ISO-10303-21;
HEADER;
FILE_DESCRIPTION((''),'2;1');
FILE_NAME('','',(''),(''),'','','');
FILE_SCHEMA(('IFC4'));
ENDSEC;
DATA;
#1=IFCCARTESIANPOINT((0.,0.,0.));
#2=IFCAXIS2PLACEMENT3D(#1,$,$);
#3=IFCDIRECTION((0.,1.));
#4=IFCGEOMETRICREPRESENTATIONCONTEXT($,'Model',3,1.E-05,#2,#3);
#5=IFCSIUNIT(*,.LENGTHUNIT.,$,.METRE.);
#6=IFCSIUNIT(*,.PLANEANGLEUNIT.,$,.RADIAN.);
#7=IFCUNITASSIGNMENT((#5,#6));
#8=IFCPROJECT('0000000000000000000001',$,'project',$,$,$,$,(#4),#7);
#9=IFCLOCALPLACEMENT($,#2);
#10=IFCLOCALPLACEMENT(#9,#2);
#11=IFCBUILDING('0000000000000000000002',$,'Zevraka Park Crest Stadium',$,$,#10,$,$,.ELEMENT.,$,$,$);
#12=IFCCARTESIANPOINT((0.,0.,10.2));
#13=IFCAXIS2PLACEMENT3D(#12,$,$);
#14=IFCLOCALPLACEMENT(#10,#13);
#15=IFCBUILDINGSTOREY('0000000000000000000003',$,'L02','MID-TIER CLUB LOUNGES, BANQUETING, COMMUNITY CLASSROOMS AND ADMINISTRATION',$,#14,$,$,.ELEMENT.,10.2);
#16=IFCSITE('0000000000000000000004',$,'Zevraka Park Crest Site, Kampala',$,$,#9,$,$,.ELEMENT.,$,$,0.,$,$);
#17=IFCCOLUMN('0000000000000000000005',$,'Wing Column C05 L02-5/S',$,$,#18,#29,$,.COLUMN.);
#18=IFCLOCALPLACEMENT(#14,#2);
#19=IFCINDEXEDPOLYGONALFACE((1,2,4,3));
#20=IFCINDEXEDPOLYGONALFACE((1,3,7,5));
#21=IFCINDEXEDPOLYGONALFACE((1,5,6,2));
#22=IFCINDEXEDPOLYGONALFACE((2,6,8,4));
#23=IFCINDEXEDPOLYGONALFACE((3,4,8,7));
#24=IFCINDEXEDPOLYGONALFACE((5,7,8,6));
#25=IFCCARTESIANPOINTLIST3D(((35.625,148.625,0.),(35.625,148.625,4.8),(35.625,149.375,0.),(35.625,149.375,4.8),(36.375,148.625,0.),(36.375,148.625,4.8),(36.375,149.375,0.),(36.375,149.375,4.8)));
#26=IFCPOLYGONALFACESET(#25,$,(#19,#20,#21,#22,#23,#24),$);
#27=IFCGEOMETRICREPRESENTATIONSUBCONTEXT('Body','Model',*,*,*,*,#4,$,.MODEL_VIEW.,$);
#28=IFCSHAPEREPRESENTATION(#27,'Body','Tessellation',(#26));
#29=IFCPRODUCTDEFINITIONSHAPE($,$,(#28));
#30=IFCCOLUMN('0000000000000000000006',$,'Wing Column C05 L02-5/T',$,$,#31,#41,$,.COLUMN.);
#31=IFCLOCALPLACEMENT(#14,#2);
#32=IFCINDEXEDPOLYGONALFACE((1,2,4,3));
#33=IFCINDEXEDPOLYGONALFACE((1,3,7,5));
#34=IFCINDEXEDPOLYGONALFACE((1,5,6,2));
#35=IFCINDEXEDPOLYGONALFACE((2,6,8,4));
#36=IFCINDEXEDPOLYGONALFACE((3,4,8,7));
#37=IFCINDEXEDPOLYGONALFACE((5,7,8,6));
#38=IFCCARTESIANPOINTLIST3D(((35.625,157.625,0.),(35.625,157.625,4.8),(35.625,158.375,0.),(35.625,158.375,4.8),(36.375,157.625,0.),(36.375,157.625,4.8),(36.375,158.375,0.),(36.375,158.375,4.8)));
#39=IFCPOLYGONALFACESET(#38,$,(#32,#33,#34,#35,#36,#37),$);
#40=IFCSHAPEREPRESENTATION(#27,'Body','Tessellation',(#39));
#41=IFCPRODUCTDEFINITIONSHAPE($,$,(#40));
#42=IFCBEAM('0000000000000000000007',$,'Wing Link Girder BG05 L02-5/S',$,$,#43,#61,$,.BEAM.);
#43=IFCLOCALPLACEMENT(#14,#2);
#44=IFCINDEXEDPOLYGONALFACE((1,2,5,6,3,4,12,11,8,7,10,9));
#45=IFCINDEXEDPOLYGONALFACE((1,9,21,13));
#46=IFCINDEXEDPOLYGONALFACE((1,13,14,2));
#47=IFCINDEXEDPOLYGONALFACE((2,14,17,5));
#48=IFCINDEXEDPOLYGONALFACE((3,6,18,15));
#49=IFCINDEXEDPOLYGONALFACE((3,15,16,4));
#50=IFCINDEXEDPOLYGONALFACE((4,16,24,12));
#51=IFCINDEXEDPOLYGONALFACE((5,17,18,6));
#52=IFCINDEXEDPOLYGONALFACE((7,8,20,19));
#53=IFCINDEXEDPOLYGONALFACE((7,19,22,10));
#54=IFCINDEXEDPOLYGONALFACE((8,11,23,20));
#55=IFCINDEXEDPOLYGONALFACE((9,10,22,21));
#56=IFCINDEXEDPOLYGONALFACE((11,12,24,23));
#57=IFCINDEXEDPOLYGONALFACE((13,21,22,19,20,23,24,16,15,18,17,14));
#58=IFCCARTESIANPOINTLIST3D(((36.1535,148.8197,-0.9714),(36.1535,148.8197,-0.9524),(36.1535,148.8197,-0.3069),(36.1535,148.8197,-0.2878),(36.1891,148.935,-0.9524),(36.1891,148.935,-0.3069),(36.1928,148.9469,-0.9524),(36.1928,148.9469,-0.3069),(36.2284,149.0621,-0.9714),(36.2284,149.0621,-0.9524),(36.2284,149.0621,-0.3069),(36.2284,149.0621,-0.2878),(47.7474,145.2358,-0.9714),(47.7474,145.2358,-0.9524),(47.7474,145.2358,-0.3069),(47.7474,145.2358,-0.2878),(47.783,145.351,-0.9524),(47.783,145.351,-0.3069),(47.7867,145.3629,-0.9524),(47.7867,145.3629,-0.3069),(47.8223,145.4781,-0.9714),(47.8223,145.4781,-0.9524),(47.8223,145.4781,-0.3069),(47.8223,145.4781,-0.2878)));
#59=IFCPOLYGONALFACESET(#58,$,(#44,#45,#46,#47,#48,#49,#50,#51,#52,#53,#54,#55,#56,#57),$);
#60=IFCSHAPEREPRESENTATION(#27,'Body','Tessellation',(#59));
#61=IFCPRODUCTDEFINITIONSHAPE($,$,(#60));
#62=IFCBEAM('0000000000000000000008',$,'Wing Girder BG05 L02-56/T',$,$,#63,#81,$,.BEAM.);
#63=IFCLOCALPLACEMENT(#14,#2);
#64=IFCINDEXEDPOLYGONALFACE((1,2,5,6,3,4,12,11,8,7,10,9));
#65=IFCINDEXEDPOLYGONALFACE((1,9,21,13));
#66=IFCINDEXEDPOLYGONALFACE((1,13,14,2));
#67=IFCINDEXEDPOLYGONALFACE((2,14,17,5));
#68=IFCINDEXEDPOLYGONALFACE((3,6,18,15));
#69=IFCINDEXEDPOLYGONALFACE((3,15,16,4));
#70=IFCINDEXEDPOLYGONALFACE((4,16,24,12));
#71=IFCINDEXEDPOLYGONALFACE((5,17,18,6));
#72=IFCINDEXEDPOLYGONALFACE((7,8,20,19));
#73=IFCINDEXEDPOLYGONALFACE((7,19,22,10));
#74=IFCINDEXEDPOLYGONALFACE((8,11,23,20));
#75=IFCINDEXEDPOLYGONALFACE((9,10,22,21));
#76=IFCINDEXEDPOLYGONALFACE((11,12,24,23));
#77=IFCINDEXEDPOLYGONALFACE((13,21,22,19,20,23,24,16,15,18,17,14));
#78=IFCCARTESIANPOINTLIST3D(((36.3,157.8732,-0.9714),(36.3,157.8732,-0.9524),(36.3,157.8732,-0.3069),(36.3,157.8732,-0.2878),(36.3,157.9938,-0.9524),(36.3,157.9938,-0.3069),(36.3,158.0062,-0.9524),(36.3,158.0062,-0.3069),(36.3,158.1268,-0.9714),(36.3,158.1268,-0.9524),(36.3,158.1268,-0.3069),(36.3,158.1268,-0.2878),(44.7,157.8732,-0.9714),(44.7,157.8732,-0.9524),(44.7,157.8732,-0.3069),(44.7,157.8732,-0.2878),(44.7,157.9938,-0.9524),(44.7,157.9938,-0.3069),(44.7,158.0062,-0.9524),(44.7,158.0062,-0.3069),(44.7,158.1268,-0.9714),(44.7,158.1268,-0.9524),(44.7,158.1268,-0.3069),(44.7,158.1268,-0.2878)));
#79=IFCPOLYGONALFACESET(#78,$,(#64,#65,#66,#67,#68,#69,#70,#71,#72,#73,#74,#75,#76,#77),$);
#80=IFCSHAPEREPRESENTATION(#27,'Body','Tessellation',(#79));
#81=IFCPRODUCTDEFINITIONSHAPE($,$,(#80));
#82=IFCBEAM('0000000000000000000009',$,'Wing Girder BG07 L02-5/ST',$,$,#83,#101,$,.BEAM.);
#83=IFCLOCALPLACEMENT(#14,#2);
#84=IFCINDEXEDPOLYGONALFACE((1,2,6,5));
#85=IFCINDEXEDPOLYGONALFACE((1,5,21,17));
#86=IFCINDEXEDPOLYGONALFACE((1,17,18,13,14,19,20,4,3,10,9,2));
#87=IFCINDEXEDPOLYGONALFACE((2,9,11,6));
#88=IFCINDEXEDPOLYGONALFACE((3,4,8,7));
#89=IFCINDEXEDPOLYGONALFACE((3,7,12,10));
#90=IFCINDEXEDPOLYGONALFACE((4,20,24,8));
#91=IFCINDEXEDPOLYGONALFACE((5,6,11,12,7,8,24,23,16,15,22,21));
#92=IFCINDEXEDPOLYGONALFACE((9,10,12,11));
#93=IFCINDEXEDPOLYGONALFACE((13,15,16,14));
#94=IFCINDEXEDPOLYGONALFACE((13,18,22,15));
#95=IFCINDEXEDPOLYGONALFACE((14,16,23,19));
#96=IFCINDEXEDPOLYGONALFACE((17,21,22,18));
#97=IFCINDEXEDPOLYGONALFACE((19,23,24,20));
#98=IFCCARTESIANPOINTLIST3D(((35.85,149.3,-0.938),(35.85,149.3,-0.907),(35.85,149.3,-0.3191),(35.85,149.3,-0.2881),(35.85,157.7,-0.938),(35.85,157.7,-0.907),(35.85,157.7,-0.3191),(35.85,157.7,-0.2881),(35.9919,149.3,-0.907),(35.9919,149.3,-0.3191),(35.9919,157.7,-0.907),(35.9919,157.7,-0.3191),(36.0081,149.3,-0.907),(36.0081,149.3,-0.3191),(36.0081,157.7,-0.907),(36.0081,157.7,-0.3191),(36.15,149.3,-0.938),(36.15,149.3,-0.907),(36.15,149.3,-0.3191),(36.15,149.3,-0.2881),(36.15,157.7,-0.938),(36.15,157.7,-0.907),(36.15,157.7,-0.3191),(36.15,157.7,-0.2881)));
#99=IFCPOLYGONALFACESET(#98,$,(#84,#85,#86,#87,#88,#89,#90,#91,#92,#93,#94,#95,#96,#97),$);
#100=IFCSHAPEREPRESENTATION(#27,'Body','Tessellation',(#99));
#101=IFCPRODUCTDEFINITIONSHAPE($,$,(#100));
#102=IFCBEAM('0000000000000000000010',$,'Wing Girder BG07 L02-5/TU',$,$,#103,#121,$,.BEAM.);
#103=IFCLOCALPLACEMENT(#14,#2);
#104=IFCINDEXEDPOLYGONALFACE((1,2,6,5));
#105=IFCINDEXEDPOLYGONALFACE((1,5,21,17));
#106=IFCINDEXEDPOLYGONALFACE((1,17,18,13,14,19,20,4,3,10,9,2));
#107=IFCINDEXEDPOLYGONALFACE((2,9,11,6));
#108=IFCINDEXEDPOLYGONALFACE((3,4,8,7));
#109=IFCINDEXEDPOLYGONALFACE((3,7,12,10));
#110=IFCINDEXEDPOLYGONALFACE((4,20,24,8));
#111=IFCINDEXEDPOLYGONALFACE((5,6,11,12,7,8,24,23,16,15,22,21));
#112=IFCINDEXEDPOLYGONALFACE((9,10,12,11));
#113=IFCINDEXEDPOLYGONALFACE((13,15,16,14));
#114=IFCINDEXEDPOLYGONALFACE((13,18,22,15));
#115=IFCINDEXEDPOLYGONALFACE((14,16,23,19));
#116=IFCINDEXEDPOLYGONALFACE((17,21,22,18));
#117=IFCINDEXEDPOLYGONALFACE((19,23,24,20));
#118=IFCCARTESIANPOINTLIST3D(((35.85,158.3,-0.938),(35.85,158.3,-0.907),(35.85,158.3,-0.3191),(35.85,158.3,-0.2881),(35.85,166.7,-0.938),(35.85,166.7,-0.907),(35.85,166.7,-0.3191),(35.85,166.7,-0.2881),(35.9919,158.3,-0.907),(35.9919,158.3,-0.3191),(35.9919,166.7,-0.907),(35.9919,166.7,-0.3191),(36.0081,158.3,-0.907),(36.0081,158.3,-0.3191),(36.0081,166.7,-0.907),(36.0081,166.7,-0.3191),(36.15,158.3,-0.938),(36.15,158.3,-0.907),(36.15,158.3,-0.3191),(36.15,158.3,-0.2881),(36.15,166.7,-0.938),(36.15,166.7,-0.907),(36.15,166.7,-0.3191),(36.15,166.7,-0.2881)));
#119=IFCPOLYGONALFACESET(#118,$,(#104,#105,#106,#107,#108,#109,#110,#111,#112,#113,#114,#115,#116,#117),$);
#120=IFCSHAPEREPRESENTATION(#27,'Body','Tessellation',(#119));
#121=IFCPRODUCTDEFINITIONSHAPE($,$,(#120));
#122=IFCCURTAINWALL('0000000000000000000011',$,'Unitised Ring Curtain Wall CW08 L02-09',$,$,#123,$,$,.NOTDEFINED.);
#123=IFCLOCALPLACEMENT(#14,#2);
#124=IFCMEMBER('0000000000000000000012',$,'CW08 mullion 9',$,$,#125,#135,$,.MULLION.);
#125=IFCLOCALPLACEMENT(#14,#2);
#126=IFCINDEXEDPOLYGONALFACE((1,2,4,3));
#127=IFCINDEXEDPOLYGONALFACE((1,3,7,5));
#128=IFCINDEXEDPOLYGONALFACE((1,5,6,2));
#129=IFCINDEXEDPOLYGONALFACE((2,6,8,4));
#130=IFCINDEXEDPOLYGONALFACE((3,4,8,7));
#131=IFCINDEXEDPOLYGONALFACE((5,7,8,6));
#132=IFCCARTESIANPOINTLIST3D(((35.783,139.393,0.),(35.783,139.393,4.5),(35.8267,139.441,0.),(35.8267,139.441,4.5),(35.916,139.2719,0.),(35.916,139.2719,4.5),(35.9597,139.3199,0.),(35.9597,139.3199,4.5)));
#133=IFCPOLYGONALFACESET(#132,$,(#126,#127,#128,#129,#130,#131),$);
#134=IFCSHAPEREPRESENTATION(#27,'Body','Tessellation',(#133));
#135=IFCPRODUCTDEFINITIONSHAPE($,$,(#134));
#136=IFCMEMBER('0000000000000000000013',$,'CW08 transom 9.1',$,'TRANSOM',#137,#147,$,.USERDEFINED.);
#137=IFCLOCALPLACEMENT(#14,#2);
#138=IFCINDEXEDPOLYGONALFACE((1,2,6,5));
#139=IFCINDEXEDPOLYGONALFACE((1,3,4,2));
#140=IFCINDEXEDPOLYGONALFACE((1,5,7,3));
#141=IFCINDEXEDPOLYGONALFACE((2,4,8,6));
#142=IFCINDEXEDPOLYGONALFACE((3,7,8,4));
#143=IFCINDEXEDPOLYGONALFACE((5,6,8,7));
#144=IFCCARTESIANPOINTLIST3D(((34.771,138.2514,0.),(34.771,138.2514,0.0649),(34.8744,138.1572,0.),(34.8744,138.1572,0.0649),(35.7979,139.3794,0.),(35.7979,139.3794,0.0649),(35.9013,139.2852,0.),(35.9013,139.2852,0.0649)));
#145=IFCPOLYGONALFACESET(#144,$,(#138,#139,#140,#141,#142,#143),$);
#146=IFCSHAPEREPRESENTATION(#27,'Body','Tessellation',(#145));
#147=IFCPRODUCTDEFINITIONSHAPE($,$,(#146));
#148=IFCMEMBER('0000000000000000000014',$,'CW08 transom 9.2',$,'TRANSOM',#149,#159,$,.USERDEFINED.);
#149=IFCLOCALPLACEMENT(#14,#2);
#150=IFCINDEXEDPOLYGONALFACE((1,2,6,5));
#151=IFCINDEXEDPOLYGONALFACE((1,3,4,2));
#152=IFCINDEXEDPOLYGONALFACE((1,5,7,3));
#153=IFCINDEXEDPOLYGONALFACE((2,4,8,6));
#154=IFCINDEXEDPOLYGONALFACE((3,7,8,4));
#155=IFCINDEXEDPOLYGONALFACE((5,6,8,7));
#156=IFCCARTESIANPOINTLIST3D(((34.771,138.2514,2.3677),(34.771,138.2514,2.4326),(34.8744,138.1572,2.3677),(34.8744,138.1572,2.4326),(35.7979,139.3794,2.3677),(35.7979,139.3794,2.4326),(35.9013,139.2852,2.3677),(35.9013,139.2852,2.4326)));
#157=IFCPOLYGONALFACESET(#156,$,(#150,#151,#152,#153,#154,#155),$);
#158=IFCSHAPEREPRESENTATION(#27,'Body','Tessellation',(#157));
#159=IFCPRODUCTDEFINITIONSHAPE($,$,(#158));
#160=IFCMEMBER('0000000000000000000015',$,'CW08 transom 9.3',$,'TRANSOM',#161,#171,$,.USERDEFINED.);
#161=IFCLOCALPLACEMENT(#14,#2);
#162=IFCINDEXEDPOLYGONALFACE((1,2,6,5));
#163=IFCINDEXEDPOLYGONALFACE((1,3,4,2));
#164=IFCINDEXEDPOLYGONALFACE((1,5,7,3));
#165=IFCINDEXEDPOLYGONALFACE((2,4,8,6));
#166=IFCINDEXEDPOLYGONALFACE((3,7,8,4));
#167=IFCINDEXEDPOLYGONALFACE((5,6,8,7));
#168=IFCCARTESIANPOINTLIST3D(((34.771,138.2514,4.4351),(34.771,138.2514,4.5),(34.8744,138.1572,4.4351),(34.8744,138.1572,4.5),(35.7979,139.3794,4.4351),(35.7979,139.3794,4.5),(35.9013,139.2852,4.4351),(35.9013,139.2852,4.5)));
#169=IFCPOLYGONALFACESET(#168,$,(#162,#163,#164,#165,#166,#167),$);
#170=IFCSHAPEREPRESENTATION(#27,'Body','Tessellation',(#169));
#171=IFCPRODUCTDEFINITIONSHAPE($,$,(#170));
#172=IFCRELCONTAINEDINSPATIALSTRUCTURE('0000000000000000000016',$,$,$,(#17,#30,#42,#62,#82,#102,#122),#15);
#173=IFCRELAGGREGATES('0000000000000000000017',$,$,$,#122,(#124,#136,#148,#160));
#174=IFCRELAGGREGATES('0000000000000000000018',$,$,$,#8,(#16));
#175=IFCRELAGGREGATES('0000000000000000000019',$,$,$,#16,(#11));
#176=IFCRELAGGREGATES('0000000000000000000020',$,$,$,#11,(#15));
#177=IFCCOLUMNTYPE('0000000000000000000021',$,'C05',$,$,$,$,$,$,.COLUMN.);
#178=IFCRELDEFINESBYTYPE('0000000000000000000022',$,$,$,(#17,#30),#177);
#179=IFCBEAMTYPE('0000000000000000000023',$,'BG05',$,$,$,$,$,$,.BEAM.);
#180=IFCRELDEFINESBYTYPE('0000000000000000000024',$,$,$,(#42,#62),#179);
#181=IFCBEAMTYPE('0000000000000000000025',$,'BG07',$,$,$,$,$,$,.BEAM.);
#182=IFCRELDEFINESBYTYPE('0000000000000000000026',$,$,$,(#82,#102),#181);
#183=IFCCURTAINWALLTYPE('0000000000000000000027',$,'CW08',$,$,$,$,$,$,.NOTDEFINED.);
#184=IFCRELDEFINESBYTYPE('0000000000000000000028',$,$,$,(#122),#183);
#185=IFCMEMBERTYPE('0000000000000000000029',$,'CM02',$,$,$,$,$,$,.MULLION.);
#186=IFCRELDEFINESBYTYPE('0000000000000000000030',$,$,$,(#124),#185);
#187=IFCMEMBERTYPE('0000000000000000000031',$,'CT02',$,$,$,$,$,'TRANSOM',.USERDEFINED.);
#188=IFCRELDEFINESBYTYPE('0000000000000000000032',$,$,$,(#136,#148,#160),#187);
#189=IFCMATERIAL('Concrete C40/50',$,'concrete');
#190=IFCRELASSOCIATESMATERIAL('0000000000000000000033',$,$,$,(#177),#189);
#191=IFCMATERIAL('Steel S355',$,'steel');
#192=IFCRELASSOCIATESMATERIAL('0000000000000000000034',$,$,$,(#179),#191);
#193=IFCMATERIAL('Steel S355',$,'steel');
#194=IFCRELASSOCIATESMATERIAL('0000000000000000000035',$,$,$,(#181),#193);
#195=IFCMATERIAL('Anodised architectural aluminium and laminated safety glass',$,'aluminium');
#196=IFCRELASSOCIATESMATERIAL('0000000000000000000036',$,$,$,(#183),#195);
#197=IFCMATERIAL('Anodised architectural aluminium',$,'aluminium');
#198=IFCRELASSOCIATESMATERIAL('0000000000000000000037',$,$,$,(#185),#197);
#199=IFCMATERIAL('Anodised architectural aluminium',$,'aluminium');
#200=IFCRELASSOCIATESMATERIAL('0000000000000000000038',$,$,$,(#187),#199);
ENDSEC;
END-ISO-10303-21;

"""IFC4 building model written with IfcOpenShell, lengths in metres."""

from ifc_helpers import new_model, si_unit, direction, frame, origin, origin_2d, place, context, subcontext, project, spatial, rectangle, i_section, extrude, material, material_profile, profile_set, type_object, element, aggregate, save


model = new_model("IFC4")

# Units and contexts
model_context = context("Model", 3, precision=1e-05, world=origin(), true_north=direction((0.0, 1.0)))
body_context = subcontext(model_context, "Body", "Model", "MODEL_VIEW")
ifc_project = project(units=[si_unit("LENGTHUNIT", "METRE"), si_unit("PLANEANGLEUNIT", "RADIAN")], contexts=[model_context])

# Site, building, storey
site_placement = place(None, origin())
site = spatial("IfcSite", under=ifc_project, at=site_placement, Name="Zevraka Park Crest Site, Kampala", CompositionType="ELEMENT", RefElevation=0.0)
building_placement = place(site_placement, origin())
building = spatial("IfcBuilding", under=site, at=building_placement, Name="Zevraka Park Crest Stadium", CompositionType="ELEMENT")
storey_placement = place(building_placement, frame((0.0, 0.0, 10.2)))
storey = spatial("IfcBuildingStorey", under=building, at=storey_placement, Name="L02", Description="MID-TIER CLUB LOUNGES, BANQUETING, COMMUNITY CLASSROOMS AND ADMINISTRATION", CompositionType="ELEMENT", Elevation=10.2)

# Columns
ifc_material_1 = material(Name="Concrete C40/50", Category="concrete")
ifc_material_profile_1 = material_profile(ifc_material_1, rectangle(XDim=0.75, YDim=0.75, at=origin_2d()), Name="RC 750x750")
ifc_profile_set_1 = profile_set([ifc_material_profile_1], Name="Concrete C40/50")
column_type = type_object("IfcColumnType", Name="C05", PredefinedType="COLUMN", material=ifc_profile_set_1)
for number, where, z_axis, x_axis, name in (
    (1, (36.0, 149.0, 0.0), (0.0, 0.0, 1.0), (1.0, 0.0, 0.0), "Wing Column C05 L02-5/S"),
    (2, (36.0, 158.0, 0.0), (0.0, 0.0, 1.0), (1.0, 0.0, 0.0), "Wing Column C05 L02-5/T"),
):
    element("IfcColumn", number, at=place(storey_placement, frame(where, z_axis=z_axis, x_axis=x_axis)), inside=storey, type_object=column_type, Name=name, PredefinedType="COLUMN", context=body_context, shape_type="SweptSolid", body=[
        extrude(rectangle(XDim=0.75, YDim=0.75, at=origin_2d()), origin(), (0.0, 0.0, 1.0), 4.8),
    ])

# Beams
ifc_material_2 = material(Name="Steel S355", Category="steel")
ifc_material_profile_2 = material_profile(ifc_material_2, i_section(OverallWidth=0.2537, OverallDepth=0.6836, WebThickness=0.0125, FlangeThickness=0.019, at=origin_2d()), Name="UKB 686x254x140")
ifc_profile_set_2 = profile_set([ifc_material_profile_2], Name="Steel S355")
beam_type_1 = type_object("IfcBeamType", Name="BG05", PredefinedType="BEAM", material=ifc_profile_set_2)
beam_1_placement = place(storey_placement, frame((36.1909, 148.9409, -0.6296), z_axis=(0.955394, -0.295335, 0.0), x_axis=(0.295335, 0.955394, 0.0)))
element("IfcBeam", 3, at=beam_1_placement, inside=storey, type_object=beam_type_1, Name="Wing Link Girder BG05 L02-5/S", PredefinedType="BEAM", context=body_context, shape_type="SweptSolid", body=[
    extrude(i_section(OverallWidth=0.2537, OverallDepth=0.6836, WebThickness=0.0125, FlangeThickness=0.019, at=origin_2d()), origin(), (0.0, 0.0, 1.0), 12.1353),
])
beam_2_placement = place(storey_placement, frame((36.3, 158.0, -0.6296), z_axis=(1.0, 0.0, 0.0), x_axis=(0.0, 1.0, 0.0)))
element("IfcBeam", 4, at=beam_2_placement, inside=storey, type_object=beam_type_1, Name="Wing Girder BG05 L02-56/T", PredefinedType="BEAM", context=body_context, shape_type="SweptSolid", body=[
    extrude(i_section(OverallWidth=0.2537, OverallDepth=0.6836, WebThickness=0.0125, FlangeThickness=0.019, at=origin_2d()), origin(), (0.0, 0.0, 1.0), 8.3999),
])
ifc_material_3 = material(Name="Steel S355", Category="steel")
ifc_material_profile_3 = material_profile(ifc_material_3, i_section(OverallWidth=0.3, OverallDepth=0.6499, WebThickness=0.0161, FlangeThickness=0.031, at=origin_2d()), Name="HEB 650")
ifc_profile_set_3 = profile_set([ifc_material_profile_3], Name="Steel S355")
beam_type_2 = type_object("IfcBeamType", Name="BG07", PredefinedType="BEAM", material=ifc_profile_set_3)
for number, where, z_axis, x_axis, name in (
    (5, (36.0, 149.3, -0.613), (0.0, 1.0, 0.0), (-1.0, 0.0, 0.0), "Wing Girder BG07 L02-5/ST"),
    (6, (36.0, 158.3, -0.613), (0.0, 1.0, 0.0), (-1.0, 0.0, 0.0), "Wing Girder BG07 L02-5/TU"),
):
    element("IfcBeam", number, at=place(storey_placement, frame(where, z_axis=z_axis, x_axis=x_axis)), inside=storey, type_object=beam_type_2, Name=name, PredefinedType="BEAM", context=body_context, shape_type="SweptSolid", body=[
        extrude(i_section(OverallWidth=0.3, OverallDepth=0.6499, WebThickness=0.0161, FlangeThickness=0.031, at=origin_2d()), origin(), (0.0, 0.0, 1.0), 8.3999),
    ])

# Curtain wall, members
ifc_material_4 = material(Name="Anodised architectural aluminium and laminated safety glass", Category="aluminium")
curtain_wall_type = type_object("IfcCurtainWallType", Name="CW08", PredefinedType="NOTDEFINED", material=ifc_material_4)
curtain_wall_placement = place(storey_placement, origin())
curtain_wall = element("IfcCurtainWall", 7, at=curtain_wall_placement, inside=storey, type_object=curtain_wall_type, Name="Unitised Ring Curtain Wall CW08 L02-09", PredefinedType="NOTDEFINED")
ifc_material_5 = material(Name="Anodised architectural aluminium", Category="aluminium")
ifc_material_profile_4 = material_profile(ifc_material_5, rectangle(XDim=0.1799, YDim=0.0649, at=origin_2d()), Name="ALU MULLION 180x65")
ifc_profile_set_4 = profile_set([ifc_material_profile_4], Name="Anodised architectural aluminium")
member_type_1 = type_object("IfcMemberType", Name="CM02", PredefinedType="MULLION", material=ifc_profile_set_4)
member_1_placement = place(storey_placement, frame((35.8713, 139.3564, 0.0), z_axis=(0.0, 0.0, 1.0), x_axis=(0.739497, -0.67316, 0.0)))
member_1 = element("IfcMember", 8, at=member_1_placement, type_object=member_type_1, Name="CW08 mullion 9", PredefinedType="MULLION", context=body_context, shape_type="SweptSolid", body=[
    extrude(rectangle(XDim=0.1799, YDim=0.0649, at=origin_2d()), origin(), (0.0, 0.0, 1.0), 4.5),
])
ifc_material_6 = material(Name="Anodised architectural aluminium", Category="aluminium")
ifc_material_profile_5 = material_profile(ifc_material_6, rectangle(XDim=0.1399, YDim=0.0649, at=origin_2d()), Name="ALU TRANSOM 140x65")
ifc_profile_set_5 = profile_set([ifc_material_profile_5], Name="Anodised architectural aluminium")
member_type_2 = type_object("IfcMemberType", Name="CT02", ElementType="TRANSOM", PredefinedType="USERDEFINED", material=ifc_profile_set_5)
member_2_placement = place(storey_placement, frame((35.8496, 139.3323, 0.0325), z_axis=(-0.673198, -0.739462, 0.0), x_axis=(0.739462, -0.673198, 0.0)))
member_2 = element("IfcMember", 9, at=member_2_placement, type_object=member_type_2, Name="CW08 transom 9.1", ObjectType="TRANSOM", PredefinedType="USERDEFINED", context=body_context, shape_type="SweptSolid", body=[
    extrude(rectangle(XDim=0.1399, YDim=0.0649, at=origin_2d()), origin(), (0.0, 0.0, 1.0), 1.5254),
])
member_3_placement = place(storey_placement, frame((35.8496, 139.3323, 2.4001), z_axis=(-0.673198, -0.739462, 0.0), x_axis=(0.739462, -0.673198, 0.0)))
member_3 = element("IfcMember", 10, at=member_3_placement, type_object=member_type_2, Name="CW08 transom 9.2", ObjectType="TRANSOM", PredefinedType="USERDEFINED", context=body_context, shape_type="SweptSolid", body=[
    extrude(rectangle(XDim=0.1399, YDim=0.0649, at=origin_2d()), origin(), (0.0, 0.0, 1.0), 1.5254),
])
member_4_placement = place(storey_placement, frame((35.8496, 139.3323, 4.4675), z_axis=(-0.673198, -0.739462, 0.0), x_axis=(0.739462, -0.673198, 0.0)))
member_4 = element("IfcMember", 11, at=member_4_placement, type_object=member_type_2, Name="CW08 transom 9.3", ObjectType="TRANSOM", PredefinedType="USERDEFINED", context=body_context, shape_type="SweptSolid", body=[
    extrude(rectangle(XDim=0.1399, YDim=0.0649, at=origin_2d()), origin(), (0.0, 0.0, 1.0), 1.5254),
])

aggregate(curtain_wall, [member_1, member_2, member_3, member_4])

save(model, "model.ifc")
